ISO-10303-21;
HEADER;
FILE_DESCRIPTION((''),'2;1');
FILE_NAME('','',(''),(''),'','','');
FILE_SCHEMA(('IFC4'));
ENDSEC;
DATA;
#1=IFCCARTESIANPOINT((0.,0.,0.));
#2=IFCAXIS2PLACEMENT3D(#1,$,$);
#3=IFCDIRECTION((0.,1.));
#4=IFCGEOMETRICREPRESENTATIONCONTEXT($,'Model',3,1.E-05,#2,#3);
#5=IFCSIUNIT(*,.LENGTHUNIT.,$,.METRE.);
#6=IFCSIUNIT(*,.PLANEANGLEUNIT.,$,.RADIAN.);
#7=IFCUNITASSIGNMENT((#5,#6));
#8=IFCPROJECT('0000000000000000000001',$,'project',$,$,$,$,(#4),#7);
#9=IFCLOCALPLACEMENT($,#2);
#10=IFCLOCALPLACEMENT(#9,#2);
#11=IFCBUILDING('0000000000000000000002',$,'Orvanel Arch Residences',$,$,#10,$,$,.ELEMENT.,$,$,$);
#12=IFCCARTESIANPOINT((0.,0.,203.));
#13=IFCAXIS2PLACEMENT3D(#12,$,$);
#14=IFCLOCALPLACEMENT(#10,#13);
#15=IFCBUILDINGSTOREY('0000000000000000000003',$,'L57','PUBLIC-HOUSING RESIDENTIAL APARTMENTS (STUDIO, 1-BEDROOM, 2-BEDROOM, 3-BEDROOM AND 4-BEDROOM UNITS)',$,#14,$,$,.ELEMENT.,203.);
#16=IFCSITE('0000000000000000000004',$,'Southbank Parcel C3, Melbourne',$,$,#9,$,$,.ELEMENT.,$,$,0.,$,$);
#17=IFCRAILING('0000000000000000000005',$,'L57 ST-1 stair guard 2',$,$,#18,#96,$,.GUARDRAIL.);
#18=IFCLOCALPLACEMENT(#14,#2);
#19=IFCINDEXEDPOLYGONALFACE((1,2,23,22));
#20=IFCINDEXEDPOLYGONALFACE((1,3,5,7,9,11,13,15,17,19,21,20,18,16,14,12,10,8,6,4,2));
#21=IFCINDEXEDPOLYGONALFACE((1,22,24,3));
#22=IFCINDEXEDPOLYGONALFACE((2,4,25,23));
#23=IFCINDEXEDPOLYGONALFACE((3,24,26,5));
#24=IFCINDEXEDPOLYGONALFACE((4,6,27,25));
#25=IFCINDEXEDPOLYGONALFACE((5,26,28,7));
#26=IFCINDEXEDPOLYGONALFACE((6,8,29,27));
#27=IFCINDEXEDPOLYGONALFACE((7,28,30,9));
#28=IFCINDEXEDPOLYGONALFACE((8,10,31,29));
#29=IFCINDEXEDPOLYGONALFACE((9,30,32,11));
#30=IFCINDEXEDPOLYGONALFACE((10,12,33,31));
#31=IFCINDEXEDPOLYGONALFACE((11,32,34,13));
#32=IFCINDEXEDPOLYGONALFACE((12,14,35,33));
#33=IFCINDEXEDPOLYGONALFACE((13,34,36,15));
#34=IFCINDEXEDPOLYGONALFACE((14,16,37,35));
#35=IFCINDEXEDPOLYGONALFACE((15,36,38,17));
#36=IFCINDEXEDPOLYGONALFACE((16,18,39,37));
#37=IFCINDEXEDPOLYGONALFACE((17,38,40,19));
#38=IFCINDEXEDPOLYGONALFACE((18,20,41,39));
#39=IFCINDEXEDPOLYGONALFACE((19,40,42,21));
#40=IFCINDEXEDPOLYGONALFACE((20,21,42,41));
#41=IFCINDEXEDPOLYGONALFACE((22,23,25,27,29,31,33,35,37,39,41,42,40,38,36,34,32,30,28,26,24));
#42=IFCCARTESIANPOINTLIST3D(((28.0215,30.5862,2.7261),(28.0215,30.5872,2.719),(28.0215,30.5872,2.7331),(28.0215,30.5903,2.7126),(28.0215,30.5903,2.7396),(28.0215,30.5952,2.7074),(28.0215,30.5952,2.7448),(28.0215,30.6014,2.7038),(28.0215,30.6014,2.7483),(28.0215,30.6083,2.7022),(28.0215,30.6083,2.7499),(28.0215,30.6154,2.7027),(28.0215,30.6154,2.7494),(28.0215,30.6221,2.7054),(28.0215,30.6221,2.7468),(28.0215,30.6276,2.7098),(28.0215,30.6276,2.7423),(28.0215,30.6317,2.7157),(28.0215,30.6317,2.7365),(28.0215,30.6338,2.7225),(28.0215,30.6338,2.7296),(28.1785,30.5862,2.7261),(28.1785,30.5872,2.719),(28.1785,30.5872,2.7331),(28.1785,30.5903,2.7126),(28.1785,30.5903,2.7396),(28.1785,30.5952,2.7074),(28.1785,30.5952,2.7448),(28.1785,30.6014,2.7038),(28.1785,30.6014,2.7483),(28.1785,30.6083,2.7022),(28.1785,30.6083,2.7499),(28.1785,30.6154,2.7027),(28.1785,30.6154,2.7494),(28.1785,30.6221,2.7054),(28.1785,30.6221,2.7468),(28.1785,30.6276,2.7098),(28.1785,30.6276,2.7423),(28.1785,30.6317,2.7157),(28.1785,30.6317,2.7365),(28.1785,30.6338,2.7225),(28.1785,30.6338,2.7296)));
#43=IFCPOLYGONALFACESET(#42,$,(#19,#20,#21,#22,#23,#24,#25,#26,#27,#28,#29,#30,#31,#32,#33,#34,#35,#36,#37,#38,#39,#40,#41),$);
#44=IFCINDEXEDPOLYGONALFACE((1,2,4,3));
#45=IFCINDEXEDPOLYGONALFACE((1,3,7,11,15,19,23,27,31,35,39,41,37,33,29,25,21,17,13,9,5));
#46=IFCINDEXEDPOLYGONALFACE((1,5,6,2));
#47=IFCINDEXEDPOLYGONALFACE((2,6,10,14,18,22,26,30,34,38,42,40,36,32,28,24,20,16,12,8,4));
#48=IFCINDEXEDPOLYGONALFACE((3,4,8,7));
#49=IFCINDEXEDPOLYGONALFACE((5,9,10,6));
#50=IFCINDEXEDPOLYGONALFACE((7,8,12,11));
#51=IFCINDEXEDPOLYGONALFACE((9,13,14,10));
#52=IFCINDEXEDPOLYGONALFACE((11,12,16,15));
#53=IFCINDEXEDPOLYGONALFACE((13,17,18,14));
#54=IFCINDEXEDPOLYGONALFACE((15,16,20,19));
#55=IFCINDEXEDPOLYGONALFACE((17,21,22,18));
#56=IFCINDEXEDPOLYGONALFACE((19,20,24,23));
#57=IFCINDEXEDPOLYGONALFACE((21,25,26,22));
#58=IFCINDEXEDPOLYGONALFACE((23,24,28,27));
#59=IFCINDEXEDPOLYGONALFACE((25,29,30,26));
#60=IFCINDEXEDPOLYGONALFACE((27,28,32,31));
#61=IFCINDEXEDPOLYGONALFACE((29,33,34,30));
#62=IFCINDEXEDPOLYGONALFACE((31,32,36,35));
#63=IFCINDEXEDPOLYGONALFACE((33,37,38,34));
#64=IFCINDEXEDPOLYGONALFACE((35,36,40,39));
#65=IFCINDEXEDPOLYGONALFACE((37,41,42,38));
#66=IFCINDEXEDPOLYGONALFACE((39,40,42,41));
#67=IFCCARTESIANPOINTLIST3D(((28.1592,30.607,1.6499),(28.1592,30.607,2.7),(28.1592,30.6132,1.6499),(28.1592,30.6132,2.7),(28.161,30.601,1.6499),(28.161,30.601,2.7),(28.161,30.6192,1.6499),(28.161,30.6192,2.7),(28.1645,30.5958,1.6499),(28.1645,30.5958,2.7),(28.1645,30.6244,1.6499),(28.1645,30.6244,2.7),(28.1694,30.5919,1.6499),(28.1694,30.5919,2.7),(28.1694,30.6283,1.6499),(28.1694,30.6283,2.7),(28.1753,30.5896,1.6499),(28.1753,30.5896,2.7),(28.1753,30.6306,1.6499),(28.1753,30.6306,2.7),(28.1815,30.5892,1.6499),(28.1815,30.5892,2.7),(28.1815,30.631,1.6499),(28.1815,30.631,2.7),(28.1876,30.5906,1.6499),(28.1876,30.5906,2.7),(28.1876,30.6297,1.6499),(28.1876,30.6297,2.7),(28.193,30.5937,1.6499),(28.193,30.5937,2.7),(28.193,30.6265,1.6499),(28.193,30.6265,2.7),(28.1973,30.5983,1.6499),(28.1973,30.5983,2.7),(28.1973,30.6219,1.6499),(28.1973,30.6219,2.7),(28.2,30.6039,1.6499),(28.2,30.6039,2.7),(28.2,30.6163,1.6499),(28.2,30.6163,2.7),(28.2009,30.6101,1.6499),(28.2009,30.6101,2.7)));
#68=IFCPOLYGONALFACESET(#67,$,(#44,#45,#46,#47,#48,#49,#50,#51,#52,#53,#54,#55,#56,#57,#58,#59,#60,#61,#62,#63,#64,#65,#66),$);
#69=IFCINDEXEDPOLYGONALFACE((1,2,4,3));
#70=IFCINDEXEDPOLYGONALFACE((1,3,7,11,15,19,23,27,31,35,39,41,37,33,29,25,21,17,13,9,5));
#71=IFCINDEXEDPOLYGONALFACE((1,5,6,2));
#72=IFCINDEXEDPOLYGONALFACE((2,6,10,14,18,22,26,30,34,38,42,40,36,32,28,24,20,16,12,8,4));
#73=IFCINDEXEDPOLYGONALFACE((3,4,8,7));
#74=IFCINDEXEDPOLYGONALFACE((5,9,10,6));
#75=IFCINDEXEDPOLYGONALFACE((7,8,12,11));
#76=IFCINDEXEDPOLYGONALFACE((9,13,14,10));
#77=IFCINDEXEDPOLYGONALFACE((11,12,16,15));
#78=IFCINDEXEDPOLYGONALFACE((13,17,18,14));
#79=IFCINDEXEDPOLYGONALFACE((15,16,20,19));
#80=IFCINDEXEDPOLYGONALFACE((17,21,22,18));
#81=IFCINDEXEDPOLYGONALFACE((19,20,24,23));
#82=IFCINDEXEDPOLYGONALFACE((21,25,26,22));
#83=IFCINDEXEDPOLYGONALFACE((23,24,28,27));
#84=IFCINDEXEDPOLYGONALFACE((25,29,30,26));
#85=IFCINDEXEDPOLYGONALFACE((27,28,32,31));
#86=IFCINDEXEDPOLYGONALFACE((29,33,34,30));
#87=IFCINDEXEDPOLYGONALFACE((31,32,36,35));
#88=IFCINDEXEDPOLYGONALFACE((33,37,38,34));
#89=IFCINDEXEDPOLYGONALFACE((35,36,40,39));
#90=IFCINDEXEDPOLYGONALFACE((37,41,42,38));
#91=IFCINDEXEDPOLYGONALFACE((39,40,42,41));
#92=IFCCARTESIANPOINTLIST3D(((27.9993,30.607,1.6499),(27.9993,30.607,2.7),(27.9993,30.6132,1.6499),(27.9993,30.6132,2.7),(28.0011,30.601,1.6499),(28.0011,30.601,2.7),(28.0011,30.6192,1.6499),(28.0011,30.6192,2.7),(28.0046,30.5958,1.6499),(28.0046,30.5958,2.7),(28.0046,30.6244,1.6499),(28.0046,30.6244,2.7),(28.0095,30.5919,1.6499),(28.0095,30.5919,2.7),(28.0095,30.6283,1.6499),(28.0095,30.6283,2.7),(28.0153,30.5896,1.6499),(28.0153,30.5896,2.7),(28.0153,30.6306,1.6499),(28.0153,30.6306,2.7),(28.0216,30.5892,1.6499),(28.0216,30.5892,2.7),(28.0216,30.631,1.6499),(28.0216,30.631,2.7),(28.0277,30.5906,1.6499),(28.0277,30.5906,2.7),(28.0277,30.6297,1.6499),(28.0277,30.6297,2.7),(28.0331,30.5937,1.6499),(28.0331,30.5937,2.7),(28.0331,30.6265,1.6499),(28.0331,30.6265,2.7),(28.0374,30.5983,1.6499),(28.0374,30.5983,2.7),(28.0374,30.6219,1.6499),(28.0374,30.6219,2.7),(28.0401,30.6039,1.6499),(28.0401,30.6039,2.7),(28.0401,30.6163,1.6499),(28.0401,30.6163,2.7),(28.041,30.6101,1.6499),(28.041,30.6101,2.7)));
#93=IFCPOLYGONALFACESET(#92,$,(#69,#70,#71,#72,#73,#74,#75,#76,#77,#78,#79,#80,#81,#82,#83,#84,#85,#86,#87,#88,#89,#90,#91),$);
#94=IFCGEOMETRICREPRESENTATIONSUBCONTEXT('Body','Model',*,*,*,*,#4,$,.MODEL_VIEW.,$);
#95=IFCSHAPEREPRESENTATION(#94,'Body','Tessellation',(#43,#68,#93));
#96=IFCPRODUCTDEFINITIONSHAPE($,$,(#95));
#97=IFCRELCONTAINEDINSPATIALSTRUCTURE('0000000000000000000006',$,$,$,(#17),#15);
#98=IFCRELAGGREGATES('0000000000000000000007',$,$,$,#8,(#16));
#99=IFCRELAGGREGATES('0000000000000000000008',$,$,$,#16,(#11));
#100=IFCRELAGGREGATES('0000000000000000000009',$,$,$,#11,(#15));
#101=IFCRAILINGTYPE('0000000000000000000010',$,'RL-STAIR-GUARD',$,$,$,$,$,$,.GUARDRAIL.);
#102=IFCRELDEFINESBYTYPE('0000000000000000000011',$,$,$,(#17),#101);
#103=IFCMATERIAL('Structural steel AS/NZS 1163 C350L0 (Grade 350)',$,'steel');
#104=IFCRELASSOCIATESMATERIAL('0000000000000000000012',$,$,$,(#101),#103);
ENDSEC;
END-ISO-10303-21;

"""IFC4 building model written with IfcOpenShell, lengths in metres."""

from ifc_helpers import new_model, si_unit, direction, frame, origin, origin_2d, place, context, subcontext, project, spatial, circle, extrude, material, type_object, element, save


model = new_model("IFC4")

# Units and contexts
model_context = context("Model", 3, precision=1e-05, world=origin(), true_north=direction((0.0, 1.0)))
body_context = subcontext(model_context, "Body", "Model", "MODEL_VIEW")
ifc_project = project(units=[si_unit("LENGTHUNIT", "METRE"), si_unit("PLANEANGLEUNIT", "RADIAN")], contexts=[model_context])

# Site, building, storey
site_placement = place(None, origin())
site = spatial("IfcSite", under=ifc_project, at=site_placement, Name="Southbank Parcel C3, Melbourne", CompositionType="ELEMENT", RefElevation=0.0)
building_placement = place(site_placement, origin())
building = spatial("IfcBuilding", under=site, at=building_placement, Name="Orvanel Arch Residences", CompositionType="ELEMENT")
storey_placement = place(building_placement, frame((0.0, 0.0, 203.0)))
storey = spatial("IfcBuildingStorey", under=building, at=storey_placement, Name="L57", Description="PUBLIC-HOUSING RESIDENTIAL APARTMENTS (STUDIO, 1-BEDROOM, 2-BEDROOM, 3-BEDROOM AND 4-BEDROOM UNITS)", CompositionType="ELEMENT", Elevation=203.0)

# Railing
ifc_material_1 = material(Name="Structural steel AS/NZS 1163 C350L0 (Grade 350)", Category="steel")
railing_type_1 = type_object("IfcRailingType", Name="RL-STAIR-GUARD", PredefinedType="GUARDRAIL", material=ifc_material_1)
railing_1_placement = place(storey_placement, frame((28.1799, 30.6101, 1.6499)))
element("IfcRailing", 1, at=railing_1_placement, inside=storey, type_object=railing_type_1, Name="L57 ST-1 stair guard 2", PredefinedType="GUARDRAIL", context=body_context, shape_type="SweptSolid", body=[
    extrude(circle(Radius=0.0239, at=origin_2d()), frame((-0.0015, 0.0, 1.0762), z_axis=(-1.0, 0.0, 0.0), x_axis=(0.0, -1.0, 0.0)), (0.0, 0.0, 1.0), 0.157),
    extrude(circle(Radius=0.021, at=origin_2d()), origin(), (0.0, 0.0, 1.0), 1.05),
    extrude(circle(Radius=0.021, at=origin_2d()), frame((-0.1599, 0.0, 0.0)), (0.0, 0.0, 1.0), 1.05),
])

save(model, "model.ifc")
